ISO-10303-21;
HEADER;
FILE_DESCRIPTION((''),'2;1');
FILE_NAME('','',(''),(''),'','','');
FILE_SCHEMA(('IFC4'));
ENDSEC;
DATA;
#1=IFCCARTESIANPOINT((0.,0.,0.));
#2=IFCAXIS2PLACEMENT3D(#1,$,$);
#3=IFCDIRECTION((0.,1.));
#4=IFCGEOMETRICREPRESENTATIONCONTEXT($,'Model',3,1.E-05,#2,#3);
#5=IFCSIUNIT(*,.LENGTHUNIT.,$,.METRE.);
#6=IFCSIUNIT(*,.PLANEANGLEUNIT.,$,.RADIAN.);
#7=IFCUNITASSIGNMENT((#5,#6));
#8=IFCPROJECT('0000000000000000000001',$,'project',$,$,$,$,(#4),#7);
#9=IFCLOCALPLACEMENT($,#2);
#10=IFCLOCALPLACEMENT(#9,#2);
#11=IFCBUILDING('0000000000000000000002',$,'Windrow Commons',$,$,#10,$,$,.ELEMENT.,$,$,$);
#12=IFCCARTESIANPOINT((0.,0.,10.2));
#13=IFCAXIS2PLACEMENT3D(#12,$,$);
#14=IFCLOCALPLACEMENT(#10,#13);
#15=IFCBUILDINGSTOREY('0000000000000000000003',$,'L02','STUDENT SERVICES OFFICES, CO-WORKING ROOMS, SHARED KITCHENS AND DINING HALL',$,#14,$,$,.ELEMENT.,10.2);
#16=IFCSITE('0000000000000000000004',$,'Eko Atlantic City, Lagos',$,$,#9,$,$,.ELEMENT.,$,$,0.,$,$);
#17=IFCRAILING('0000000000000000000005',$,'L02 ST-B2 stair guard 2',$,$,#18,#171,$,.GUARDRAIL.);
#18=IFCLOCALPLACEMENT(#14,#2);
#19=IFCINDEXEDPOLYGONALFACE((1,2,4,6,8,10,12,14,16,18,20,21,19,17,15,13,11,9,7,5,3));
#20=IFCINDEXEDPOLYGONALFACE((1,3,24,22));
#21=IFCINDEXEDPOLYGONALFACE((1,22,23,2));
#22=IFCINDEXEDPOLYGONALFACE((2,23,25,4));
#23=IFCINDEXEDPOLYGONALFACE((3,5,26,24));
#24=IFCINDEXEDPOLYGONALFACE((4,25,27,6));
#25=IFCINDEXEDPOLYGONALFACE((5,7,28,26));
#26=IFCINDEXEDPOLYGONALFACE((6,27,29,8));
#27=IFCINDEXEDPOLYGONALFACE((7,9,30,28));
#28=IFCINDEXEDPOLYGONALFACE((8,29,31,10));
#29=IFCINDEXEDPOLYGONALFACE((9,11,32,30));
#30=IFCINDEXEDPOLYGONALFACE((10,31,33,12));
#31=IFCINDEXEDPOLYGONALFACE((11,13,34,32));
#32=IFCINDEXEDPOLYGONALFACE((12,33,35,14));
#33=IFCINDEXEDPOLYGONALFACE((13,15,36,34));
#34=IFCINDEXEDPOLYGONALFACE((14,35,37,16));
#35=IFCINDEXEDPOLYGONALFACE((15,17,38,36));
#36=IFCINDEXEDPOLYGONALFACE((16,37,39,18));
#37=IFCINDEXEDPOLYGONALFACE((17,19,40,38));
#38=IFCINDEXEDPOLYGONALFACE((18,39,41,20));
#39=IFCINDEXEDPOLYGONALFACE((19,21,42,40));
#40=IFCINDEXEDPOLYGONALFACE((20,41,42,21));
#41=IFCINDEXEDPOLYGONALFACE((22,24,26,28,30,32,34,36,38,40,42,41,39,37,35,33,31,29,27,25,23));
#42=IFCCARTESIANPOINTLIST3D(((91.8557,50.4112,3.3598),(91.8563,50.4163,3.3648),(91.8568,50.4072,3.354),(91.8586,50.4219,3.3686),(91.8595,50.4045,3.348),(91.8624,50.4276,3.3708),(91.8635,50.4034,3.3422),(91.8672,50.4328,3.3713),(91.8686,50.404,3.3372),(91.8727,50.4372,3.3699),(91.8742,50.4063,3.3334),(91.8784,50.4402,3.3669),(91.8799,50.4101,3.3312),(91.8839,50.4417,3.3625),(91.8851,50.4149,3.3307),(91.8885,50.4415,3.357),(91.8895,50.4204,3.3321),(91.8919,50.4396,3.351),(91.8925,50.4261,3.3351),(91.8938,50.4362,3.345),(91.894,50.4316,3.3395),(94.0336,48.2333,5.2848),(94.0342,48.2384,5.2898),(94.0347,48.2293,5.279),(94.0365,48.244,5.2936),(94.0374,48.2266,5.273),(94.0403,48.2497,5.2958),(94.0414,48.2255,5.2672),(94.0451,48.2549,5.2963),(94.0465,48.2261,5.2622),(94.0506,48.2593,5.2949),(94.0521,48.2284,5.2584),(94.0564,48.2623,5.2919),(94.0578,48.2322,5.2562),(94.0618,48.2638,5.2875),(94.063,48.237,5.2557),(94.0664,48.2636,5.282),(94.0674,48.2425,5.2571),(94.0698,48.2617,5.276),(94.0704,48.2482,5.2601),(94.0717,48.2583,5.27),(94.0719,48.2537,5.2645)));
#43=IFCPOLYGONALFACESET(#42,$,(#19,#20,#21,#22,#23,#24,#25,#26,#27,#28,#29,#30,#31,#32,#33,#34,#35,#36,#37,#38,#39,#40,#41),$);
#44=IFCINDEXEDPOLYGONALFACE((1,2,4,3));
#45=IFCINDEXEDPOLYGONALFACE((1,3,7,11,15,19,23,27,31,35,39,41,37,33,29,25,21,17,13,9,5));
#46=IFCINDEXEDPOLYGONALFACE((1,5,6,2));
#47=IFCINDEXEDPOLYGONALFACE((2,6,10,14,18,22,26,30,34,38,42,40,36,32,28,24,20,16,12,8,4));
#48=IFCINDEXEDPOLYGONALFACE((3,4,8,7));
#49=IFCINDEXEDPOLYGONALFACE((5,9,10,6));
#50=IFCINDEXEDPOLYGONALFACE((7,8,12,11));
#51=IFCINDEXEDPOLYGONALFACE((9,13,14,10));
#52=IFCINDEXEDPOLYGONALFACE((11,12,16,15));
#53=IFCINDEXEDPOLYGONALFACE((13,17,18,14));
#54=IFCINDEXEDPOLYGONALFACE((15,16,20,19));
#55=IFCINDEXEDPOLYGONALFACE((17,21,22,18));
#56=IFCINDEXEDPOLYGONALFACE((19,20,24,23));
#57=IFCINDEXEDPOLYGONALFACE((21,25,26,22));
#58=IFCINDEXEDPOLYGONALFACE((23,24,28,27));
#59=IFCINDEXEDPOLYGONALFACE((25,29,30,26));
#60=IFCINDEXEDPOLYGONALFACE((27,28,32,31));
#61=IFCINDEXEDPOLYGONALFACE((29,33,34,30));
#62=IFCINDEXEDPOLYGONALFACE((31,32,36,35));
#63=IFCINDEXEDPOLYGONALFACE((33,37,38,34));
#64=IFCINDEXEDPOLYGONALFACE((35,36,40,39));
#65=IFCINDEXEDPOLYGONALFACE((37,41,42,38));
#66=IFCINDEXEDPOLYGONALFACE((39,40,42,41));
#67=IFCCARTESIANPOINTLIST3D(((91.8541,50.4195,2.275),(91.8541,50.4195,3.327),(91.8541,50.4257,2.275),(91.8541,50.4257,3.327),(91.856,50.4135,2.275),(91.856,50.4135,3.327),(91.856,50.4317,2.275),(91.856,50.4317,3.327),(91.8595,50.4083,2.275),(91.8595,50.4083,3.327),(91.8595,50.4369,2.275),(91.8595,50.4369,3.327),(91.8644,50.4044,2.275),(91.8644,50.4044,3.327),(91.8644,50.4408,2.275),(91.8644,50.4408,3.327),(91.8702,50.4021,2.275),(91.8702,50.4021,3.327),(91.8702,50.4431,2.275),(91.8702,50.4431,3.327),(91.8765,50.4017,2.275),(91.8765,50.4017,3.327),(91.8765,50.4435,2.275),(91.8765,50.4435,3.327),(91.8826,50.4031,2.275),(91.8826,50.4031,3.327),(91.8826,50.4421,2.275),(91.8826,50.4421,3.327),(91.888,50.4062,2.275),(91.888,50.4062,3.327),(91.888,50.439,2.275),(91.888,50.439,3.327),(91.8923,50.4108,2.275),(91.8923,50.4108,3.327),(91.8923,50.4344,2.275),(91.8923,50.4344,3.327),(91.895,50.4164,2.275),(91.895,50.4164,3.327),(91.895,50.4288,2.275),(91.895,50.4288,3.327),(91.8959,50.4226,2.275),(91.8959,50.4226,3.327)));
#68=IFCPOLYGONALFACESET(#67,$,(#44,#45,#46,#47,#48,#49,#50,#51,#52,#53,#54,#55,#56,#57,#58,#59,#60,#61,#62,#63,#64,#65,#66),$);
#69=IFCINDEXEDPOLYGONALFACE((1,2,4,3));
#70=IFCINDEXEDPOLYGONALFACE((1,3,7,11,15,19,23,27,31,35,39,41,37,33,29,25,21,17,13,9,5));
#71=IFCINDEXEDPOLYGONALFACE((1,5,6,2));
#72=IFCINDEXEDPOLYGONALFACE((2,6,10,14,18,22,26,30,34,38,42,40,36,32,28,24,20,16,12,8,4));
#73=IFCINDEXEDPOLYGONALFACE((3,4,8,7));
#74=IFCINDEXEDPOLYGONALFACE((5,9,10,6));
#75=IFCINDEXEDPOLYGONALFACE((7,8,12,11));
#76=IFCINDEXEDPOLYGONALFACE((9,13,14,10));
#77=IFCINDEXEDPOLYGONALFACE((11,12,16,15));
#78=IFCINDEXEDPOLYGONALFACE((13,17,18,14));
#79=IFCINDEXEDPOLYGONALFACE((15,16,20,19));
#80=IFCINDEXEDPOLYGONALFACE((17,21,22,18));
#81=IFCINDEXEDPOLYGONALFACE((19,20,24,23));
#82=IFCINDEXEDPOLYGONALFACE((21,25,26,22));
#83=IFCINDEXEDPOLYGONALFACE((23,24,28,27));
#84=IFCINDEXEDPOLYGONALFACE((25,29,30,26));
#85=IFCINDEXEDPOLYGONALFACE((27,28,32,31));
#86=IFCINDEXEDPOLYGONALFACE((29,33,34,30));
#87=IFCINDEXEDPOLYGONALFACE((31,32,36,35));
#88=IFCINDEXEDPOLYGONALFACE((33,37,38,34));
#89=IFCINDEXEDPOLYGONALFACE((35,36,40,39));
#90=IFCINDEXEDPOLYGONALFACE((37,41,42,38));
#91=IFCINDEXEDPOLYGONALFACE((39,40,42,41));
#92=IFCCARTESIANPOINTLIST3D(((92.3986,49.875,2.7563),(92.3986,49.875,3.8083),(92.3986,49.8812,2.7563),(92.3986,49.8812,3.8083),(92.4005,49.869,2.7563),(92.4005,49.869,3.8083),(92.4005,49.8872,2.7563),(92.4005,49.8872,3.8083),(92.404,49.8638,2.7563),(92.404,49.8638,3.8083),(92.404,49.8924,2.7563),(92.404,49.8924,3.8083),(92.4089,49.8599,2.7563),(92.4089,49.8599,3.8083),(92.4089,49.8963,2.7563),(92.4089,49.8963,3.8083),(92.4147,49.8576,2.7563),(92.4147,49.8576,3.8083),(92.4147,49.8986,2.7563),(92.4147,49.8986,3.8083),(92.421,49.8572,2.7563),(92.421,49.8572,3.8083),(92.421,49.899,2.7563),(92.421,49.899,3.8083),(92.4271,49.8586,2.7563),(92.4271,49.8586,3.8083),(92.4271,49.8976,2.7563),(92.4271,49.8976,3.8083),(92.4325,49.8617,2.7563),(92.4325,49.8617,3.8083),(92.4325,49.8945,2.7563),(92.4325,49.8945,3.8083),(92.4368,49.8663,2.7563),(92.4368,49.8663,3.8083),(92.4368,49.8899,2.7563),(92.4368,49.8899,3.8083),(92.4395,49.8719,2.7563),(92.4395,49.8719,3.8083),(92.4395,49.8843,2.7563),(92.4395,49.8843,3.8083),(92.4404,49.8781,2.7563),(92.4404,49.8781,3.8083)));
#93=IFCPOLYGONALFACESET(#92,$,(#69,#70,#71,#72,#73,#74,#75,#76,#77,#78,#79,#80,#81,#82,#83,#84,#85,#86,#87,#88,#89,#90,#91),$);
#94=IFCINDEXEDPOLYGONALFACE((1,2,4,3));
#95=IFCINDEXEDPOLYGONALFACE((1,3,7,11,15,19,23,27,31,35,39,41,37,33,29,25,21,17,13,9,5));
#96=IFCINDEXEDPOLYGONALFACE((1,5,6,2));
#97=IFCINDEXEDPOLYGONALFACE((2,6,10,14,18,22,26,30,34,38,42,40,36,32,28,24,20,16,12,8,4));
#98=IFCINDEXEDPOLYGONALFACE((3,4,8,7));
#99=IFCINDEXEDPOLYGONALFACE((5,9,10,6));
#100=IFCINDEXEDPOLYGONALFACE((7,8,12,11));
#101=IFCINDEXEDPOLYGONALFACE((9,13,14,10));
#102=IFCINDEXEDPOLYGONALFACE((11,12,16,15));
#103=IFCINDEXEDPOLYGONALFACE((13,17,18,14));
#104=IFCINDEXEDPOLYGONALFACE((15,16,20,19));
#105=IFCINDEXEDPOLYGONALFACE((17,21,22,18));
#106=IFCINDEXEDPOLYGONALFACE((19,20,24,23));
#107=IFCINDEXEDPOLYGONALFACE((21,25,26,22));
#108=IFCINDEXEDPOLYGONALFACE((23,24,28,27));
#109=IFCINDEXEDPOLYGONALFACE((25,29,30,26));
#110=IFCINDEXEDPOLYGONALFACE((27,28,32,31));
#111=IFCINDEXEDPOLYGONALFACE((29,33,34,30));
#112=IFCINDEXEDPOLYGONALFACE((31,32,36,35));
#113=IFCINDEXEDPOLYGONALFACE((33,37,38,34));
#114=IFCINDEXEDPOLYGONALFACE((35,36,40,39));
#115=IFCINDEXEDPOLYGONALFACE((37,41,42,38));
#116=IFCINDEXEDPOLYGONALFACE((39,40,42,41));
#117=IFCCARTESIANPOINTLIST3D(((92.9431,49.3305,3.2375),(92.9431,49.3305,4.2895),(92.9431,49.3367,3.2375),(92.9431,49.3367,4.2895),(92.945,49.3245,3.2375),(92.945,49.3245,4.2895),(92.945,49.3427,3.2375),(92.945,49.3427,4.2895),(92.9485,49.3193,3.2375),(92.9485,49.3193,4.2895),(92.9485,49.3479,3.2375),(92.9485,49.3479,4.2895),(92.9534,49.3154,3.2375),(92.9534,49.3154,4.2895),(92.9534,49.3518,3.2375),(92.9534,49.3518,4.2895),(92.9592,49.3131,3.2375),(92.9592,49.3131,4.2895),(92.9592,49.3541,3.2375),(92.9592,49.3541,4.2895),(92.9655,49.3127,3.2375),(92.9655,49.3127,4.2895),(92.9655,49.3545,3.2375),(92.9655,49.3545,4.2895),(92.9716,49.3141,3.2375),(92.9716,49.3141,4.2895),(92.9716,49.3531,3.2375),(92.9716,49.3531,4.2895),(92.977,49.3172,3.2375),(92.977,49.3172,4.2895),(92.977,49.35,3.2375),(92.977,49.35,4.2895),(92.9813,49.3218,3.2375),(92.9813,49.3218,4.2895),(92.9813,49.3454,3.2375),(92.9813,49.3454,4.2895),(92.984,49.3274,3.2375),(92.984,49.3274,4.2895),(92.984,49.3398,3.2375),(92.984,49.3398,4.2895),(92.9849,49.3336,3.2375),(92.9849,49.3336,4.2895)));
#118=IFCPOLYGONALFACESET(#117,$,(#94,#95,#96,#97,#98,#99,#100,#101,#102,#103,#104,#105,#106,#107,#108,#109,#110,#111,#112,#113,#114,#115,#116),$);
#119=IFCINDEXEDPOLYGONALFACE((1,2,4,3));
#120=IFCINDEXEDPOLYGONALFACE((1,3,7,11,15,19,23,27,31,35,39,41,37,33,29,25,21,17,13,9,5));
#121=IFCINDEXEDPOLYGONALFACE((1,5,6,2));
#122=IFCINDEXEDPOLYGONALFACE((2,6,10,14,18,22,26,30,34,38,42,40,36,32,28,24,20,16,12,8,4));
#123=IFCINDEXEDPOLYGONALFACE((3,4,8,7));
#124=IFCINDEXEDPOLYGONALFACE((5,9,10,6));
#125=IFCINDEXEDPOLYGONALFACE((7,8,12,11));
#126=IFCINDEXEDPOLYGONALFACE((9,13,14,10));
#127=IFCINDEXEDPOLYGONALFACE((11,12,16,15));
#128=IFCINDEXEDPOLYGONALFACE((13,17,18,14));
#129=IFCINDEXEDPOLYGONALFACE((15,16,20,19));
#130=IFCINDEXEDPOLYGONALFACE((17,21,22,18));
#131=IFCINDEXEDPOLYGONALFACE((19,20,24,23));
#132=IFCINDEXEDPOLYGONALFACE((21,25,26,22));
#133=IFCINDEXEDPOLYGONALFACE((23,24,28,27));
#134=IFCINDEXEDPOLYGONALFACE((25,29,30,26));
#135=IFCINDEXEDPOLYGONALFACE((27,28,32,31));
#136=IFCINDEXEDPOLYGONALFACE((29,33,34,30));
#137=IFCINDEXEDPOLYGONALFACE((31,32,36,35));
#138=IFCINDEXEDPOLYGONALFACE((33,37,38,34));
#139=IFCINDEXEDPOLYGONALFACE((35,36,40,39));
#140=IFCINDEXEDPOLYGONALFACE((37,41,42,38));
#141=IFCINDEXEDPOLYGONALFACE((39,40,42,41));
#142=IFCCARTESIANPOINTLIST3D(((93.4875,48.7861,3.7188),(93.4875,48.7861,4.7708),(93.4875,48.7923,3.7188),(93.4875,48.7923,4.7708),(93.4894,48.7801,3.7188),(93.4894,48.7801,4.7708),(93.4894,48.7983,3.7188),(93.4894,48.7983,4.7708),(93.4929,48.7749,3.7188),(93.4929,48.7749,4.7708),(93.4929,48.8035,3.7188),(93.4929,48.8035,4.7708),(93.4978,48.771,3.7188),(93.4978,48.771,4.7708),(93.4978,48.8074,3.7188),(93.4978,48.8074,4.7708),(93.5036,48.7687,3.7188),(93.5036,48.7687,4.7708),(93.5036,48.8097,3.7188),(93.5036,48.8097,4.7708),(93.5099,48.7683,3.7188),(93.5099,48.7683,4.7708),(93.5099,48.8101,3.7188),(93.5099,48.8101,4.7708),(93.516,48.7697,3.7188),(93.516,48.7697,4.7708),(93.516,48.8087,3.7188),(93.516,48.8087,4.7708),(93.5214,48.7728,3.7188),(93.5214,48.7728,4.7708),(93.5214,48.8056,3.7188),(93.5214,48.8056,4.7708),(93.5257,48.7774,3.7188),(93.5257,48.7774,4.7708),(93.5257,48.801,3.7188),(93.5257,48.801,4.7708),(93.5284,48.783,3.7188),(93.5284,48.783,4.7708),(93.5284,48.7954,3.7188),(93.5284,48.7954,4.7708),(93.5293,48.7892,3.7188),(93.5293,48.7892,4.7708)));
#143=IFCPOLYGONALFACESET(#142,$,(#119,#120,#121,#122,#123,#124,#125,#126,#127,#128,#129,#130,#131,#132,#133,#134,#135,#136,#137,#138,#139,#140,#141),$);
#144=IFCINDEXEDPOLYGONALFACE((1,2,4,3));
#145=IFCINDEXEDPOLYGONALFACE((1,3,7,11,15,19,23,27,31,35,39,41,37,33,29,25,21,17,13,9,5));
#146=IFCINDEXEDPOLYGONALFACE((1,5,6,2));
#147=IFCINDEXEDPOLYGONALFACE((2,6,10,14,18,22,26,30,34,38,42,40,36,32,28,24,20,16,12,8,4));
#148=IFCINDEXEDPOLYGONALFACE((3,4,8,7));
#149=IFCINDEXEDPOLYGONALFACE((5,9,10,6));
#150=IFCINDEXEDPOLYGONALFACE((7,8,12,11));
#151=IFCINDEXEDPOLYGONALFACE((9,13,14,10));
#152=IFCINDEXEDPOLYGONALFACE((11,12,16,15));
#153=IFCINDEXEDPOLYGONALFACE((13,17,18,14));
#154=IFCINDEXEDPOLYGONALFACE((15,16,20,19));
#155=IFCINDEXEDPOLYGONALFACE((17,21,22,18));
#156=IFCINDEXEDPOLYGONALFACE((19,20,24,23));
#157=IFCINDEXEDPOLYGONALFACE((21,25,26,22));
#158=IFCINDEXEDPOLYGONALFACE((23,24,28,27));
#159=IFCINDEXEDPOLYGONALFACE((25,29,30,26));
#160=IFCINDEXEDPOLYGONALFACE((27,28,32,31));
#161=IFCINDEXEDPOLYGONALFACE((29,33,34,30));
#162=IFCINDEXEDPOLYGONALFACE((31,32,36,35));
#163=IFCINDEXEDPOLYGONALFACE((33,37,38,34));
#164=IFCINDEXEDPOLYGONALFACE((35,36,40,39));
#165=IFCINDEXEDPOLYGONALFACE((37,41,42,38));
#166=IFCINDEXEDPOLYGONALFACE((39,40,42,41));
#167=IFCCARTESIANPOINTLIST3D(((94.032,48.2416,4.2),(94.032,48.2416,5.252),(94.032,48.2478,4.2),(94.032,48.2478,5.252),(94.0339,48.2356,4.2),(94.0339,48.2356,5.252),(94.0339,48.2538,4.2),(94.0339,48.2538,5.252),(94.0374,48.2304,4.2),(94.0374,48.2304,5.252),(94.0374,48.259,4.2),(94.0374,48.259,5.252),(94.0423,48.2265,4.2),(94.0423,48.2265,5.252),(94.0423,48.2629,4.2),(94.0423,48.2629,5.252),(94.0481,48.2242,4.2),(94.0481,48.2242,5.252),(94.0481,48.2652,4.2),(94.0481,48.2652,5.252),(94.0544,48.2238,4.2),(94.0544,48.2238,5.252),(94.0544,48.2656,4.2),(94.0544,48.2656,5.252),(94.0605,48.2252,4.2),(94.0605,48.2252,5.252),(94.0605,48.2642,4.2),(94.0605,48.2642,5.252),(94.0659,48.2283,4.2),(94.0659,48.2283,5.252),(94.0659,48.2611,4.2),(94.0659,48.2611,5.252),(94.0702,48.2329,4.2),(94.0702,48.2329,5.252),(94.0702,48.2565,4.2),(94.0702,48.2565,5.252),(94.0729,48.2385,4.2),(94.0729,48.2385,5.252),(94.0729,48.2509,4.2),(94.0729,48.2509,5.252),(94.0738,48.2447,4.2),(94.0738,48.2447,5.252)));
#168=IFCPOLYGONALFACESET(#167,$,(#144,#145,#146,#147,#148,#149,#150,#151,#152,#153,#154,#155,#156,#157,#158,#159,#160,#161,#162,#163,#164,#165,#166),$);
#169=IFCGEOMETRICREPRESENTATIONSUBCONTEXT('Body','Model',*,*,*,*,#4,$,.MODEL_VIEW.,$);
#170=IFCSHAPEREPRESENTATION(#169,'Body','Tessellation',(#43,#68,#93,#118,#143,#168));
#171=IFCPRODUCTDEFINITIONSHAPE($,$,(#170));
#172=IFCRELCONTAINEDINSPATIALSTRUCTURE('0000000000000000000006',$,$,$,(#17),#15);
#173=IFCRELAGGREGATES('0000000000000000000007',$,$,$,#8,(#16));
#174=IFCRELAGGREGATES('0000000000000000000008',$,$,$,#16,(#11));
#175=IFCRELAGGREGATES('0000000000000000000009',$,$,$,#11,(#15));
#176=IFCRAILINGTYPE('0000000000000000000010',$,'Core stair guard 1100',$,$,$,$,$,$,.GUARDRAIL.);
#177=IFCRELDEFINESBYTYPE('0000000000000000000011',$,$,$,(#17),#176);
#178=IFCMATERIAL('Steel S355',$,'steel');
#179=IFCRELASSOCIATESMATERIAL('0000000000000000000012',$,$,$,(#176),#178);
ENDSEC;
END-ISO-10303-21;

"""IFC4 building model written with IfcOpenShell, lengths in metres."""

from ifc_helpers import new_model, si_unit, direction, frame, origin, origin_2d, place, context, subcontext, project, spatial, circle, extrude, material, type_object, element, save


model = new_model("IFC4")

# Units and contexts
model_context = context("Model", 3, precision=1e-05, world=origin(), true_north=direction((0.0, 1.0)))
body_context = subcontext(model_context, "Body", "Model", "MODEL_VIEW")
ifc_project = project(units=[si_unit("LENGTHUNIT", "METRE"), si_unit("PLANEANGLEUNIT", "RADIAN")], contexts=[model_context])

# Site, building, storey
site_placement = place(None, origin())
site = spatial("IfcSite", under=ifc_project, at=site_placement, Name="Eko Atlantic City, Lagos", CompositionType="ELEMENT", RefElevation=0.0)
building_placement = place(site_placement, origin())
building = spatial("IfcBuilding", under=site, at=building_placement, Name="Windrow Commons", CompositionType="ELEMENT")
storey_placement = place(building_placement, frame((0.0, 0.0, 10.2)))
storey = spatial("IfcBuildingStorey", under=building, at=storey_placement, Name="L02", Description="STUDENT SERVICES OFFICES, CO-WORKING ROOMS, SHARED KITCHENS AND DINING HALL", CompositionType="ELEMENT", Elevation=10.2)

# Railing
ifc_material_1 = material(Name="Steel S355", Category="steel")
railing_type_1 = type_object("IfcRailingType", Name="Core stair guard 1100", PredefinedType="GUARDRAIL", material=ifc_material_1)
railing_1_placement = place(storey_placement, frame((91.8749, 50.4226, 2.275)))
element("IfcRailing", 1, at=railing_1_placement, inside=storey, type_object=railing_type_1, Name="L02 ST-B2 stair guard 2", PredefinedType="GUARDRAIL", context=body_context, shape_type="SweptSolid", body=[
    extrude(circle(Radius=0.024, at=origin_2d()), frame((0.0, 0.0, 1.076), z_axis=(0.599626, -0.599626, 0.529997), x_axis=(0.707107, 0.707107, 0.0)), (0.0, 0.0, 1.0), 3.6321),
    extrude(circle(Radius=0.021, at=origin_2d()), origin(), (0.0, 0.0, 1.0), 1.052),
    extrude(circle(Radius=0.021, at=origin_2d()), frame((0.5445, -0.5445, 0.4813)), (0.0, 0.0, 1.0), 1.052),
    extrude(circle(Radius=0.021, at=origin_2d()), frame((1.089, -1.089, 0.9625)), (0.0, 0.0, 1.0), 1.052),
    extrude(circle(Radius=0.021, at=origin_2d()), frame((1.6334, -1.6334, 1.4438)), (0.0, 0.0, 1.0), 1.052),
    extrude(circle(Radius=0.021, at=origin_2d()), frame((2.1779, -2.1779, 1.925)), (0.0, 0.0, 1.0), 1.052),
])

save(model, "model.ifc")
